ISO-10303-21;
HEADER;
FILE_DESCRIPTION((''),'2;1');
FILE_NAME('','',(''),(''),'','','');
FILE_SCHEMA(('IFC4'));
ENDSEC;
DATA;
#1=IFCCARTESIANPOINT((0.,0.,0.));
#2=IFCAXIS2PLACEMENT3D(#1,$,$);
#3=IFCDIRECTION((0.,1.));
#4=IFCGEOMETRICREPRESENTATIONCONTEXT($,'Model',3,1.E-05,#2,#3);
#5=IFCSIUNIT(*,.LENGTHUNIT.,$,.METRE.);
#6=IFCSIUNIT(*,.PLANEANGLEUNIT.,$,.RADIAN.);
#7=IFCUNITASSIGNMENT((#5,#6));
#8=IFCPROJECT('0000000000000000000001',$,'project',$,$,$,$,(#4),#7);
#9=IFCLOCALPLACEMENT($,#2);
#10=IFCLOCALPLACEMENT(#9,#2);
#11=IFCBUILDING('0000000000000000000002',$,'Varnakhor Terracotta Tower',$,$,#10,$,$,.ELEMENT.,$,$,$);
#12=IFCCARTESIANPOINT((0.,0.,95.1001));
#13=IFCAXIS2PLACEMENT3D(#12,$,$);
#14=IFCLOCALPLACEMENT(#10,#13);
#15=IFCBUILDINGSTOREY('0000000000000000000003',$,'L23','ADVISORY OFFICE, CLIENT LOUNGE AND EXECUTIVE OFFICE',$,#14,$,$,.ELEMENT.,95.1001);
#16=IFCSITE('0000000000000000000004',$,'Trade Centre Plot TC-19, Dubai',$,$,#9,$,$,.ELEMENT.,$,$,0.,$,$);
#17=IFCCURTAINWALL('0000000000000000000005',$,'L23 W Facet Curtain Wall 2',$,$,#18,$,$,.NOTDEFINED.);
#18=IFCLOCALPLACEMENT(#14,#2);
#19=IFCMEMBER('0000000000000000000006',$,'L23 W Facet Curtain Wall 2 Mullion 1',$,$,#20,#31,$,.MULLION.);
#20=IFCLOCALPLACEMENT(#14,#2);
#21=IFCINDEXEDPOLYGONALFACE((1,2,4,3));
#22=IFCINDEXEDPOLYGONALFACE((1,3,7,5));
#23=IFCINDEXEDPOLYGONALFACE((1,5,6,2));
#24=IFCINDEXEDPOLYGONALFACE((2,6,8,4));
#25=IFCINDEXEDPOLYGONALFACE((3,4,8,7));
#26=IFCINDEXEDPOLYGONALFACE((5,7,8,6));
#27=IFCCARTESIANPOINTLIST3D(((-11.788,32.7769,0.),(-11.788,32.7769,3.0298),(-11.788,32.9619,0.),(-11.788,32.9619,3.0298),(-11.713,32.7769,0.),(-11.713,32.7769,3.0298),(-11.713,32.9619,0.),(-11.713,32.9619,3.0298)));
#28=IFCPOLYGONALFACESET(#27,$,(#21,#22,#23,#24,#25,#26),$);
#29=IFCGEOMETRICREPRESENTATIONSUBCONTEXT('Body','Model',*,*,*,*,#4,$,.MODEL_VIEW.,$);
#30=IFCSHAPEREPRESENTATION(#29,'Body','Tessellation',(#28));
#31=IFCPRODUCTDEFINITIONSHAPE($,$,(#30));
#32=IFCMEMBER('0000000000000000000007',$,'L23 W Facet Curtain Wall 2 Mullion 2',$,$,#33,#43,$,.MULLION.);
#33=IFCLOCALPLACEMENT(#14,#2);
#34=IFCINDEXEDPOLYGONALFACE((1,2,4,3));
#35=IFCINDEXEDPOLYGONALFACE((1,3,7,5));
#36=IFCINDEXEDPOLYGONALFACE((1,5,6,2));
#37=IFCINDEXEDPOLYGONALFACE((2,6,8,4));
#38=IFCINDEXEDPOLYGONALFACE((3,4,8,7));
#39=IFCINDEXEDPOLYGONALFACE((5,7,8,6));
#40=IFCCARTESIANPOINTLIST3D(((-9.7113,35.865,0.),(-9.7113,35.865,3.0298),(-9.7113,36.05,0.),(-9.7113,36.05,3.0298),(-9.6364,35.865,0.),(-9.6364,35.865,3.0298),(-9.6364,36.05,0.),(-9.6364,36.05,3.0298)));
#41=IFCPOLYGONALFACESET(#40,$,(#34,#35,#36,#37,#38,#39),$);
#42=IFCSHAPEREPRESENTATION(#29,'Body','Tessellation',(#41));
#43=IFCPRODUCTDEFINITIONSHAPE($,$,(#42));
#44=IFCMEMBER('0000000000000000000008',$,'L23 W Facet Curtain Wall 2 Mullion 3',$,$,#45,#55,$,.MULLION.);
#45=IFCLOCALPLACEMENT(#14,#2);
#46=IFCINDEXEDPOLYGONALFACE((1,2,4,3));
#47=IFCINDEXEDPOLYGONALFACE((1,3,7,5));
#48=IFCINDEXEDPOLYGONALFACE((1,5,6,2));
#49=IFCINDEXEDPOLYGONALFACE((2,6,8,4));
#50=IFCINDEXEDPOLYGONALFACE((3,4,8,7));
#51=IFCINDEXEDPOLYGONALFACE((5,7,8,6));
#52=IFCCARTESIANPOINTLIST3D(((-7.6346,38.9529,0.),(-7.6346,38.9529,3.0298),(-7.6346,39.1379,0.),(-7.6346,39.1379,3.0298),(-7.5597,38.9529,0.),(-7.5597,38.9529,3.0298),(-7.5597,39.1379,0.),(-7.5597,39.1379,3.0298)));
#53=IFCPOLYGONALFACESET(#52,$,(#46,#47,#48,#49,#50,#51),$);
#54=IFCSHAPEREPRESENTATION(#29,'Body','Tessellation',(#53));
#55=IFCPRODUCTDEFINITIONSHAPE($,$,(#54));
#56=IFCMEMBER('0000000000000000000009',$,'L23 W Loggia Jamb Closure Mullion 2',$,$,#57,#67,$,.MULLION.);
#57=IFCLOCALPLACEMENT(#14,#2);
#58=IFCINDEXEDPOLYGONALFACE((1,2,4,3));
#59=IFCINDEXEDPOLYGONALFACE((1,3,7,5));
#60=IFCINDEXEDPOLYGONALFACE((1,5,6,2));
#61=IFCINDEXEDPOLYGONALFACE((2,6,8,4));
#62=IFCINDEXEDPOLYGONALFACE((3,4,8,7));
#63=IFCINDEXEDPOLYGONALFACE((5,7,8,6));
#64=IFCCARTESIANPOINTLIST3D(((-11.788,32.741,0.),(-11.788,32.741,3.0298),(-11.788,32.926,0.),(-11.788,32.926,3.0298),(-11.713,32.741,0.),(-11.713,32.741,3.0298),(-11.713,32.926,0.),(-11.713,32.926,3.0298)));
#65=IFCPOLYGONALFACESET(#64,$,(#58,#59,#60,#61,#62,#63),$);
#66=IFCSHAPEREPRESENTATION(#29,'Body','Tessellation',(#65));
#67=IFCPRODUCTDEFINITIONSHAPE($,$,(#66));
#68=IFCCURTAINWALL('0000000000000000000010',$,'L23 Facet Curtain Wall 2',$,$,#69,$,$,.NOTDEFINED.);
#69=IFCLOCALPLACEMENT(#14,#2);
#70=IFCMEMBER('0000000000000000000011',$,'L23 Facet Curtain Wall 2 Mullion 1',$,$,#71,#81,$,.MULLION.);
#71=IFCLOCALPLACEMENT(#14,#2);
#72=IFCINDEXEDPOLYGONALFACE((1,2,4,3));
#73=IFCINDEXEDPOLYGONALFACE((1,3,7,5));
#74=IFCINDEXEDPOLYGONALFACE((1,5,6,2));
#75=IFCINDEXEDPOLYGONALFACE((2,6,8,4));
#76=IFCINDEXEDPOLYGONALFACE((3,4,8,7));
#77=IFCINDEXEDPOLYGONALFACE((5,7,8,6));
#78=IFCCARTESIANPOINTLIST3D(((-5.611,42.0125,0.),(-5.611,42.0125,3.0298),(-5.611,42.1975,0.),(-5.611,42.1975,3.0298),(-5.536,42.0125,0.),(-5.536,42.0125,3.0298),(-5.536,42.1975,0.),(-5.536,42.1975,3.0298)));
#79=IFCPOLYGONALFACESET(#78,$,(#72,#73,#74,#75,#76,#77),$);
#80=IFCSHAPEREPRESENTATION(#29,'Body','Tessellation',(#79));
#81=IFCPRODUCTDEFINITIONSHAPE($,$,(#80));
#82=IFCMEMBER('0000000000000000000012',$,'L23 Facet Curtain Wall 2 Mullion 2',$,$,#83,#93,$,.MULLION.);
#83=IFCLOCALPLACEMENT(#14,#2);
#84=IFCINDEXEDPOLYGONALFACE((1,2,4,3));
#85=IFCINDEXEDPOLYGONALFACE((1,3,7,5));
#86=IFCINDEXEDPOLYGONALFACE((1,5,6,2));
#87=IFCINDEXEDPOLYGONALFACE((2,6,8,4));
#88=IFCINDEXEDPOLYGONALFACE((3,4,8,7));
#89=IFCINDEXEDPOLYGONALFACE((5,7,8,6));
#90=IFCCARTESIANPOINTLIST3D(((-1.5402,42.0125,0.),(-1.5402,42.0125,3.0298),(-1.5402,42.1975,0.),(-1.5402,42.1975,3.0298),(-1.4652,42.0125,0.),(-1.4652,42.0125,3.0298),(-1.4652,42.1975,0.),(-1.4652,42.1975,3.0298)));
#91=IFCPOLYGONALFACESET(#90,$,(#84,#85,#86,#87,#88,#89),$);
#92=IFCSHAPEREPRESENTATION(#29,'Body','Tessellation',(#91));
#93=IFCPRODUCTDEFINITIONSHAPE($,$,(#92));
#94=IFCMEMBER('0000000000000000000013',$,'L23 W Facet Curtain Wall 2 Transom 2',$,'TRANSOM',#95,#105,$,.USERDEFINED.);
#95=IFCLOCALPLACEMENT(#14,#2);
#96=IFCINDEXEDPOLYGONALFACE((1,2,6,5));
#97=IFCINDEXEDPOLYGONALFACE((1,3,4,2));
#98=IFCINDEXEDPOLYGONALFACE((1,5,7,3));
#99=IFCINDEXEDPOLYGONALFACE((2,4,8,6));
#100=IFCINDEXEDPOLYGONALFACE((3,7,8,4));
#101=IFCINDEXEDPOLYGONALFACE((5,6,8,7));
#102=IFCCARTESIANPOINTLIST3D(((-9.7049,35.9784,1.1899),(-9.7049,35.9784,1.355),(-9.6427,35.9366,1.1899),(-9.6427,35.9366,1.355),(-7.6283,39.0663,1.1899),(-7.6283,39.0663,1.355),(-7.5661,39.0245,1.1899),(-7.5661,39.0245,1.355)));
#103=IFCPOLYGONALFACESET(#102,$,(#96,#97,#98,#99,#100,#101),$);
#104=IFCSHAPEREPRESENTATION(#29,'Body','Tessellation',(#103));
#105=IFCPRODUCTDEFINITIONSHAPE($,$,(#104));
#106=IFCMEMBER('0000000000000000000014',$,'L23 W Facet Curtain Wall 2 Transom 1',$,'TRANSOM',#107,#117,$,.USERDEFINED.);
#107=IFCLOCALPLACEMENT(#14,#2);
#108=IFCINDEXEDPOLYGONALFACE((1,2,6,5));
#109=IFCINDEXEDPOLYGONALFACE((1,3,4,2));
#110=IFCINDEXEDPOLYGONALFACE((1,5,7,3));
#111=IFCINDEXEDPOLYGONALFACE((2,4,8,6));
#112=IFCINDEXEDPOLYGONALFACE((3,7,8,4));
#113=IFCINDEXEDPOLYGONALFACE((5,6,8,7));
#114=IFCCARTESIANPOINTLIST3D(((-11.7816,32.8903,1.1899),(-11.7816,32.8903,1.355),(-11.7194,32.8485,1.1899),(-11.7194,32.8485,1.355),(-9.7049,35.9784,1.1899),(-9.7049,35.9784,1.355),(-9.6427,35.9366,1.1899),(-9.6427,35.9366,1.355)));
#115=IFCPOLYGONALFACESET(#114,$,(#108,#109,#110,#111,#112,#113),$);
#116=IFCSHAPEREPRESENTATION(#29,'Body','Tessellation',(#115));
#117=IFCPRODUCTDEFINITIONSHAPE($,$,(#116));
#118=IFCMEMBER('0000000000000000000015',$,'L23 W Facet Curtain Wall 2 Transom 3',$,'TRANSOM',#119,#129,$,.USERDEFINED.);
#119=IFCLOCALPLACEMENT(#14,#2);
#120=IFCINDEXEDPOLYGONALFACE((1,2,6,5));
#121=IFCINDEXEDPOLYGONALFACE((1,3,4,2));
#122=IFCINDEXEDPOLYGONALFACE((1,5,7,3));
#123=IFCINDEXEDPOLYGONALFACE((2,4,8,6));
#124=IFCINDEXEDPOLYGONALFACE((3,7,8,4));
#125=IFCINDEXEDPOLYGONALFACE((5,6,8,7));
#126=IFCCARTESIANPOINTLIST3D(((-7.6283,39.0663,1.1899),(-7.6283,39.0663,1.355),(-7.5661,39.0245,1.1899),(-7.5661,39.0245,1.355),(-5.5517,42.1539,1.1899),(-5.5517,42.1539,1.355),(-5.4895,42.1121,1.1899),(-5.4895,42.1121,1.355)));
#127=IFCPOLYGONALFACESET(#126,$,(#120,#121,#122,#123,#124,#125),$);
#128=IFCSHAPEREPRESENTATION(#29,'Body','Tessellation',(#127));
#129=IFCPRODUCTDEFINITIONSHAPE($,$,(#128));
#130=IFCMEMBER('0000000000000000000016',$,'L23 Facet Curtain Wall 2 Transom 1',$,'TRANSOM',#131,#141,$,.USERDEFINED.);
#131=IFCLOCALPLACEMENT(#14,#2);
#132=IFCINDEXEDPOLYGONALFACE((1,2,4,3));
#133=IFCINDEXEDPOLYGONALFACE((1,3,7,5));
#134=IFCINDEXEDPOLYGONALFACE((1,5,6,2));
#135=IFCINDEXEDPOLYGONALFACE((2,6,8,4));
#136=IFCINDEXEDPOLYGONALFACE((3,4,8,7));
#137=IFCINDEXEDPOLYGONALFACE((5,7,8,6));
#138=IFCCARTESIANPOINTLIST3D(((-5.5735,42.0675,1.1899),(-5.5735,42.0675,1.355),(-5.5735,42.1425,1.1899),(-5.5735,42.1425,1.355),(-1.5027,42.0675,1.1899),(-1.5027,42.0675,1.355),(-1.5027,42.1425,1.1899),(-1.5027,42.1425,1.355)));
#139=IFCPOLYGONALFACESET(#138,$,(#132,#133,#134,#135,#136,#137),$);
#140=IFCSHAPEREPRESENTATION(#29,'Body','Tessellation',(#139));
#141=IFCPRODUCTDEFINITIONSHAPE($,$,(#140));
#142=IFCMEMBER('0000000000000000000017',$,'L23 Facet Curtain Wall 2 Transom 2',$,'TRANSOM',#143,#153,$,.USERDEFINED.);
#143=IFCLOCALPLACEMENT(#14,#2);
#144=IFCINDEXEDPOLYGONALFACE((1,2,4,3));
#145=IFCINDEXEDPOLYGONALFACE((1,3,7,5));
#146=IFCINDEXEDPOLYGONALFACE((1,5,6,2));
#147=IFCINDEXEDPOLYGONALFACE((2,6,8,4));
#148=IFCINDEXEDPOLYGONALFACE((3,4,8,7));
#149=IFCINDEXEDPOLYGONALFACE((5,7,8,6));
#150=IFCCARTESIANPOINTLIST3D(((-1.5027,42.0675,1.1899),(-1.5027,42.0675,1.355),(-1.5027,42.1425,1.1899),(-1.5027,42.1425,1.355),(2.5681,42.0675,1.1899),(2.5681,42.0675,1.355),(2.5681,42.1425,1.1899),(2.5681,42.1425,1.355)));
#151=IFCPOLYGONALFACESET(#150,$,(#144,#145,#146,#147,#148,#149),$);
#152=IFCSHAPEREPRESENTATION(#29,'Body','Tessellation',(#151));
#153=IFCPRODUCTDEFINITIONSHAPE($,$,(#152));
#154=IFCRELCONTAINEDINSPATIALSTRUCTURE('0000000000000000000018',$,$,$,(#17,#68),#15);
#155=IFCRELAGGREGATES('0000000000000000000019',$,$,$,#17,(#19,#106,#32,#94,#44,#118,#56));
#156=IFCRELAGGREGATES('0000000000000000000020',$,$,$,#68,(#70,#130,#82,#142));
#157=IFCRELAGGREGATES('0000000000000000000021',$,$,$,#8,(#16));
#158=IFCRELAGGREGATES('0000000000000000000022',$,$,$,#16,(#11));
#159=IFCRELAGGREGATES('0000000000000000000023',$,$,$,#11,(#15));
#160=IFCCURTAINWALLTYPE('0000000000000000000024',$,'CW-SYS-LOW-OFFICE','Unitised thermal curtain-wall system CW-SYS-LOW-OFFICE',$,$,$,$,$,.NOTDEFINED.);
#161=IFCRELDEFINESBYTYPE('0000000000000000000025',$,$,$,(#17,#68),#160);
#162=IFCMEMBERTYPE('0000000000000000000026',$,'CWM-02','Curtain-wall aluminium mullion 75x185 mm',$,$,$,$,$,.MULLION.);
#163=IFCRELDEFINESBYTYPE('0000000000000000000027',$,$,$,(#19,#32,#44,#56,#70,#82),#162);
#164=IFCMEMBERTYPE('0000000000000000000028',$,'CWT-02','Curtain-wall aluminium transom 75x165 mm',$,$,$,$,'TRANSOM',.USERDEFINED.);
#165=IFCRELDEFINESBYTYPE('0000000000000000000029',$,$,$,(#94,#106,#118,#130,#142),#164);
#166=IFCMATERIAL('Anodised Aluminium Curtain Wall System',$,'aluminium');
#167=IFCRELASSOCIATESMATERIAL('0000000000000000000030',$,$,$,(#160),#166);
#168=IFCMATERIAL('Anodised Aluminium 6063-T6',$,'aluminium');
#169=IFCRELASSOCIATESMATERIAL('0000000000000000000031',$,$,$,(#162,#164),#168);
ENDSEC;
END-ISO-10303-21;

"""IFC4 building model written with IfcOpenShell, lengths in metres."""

from ifc_helpers import new_model, si_unit, direction, frame, origin, origin_2d, place, context, subcontext, project, spatial, rectangle, extrude, source, transform, mapped, material, material_profile, profile_set, type_object, element, aggregate, save


model = new_model("IFC4")

# Units and contexts
model_context = context("Model", 3, precision=1e-05, world=origin(), true_north=direction((0.0, 1.0)))
body_context = subcontext(model_context, "Body", "Model", "MODEL_VIEW")
ifc_project = project(units=[si_unit("LENGTHUNIT", "METRE"), si_unit("PLANEANGLEUNIT", "RADIAN")], contexts=[model_context])

# Site, building, storey
site_placement = place(None, origin())
site = spatial("IfcSite", under=ifc_project, at=site_placement, Name="Trade Centre Plot TC-19, Dubai", CompositionType="ELEMENT", RefElevation=0.0)
building_placement = place(site_placement, origin())
building = spatial("IfcBuilding", under=site, at=building_placement, Name="Varnakhor Terracotta Tower", CompositionType="ELEMENT")
storey_placement = place(building_placement, frame((0.0, 0.0, 95.1001)))
storey = spatial("IfcBuildingStorey", under=building, at=storey_placement, Name="L23", Description="ADVISORY OFFICE, CLIENT LOUNGE AND EXECUTIVE OFFICE", CompositionType="ELEMENT", Elevation=95.1001)

# Curtain walls, members
ifc_material_1 = material(Name="Anodised Aluminium Curtain Wall System", Category="aluminium")
curtain_wall_type = type_object("IfcCurtainWallType", Name="CW-SYS-LOW-OFFICE", Description="Unitised thermal curtain-wall system CW-SYS-LOW-OFFICE", PredefinedType="NOTDEFINED", material=ifc_material_1)
curtain_wall_1_placement = place(storey_placement, origin())
curtain_wall_1 = element("IfcCurtainWall", 1, at=curtain_wall_1_placement, inside=storey, type_object=curtain_wall_type, Name="L23 W Facet Curtain Wall 2", PredefinedType="NOTDEFINED")
ifc_material_2 = material(Name="Anodised Aluminium 6063-T6", Category="aluminium")
ifc_material_profile_1 = material_profile(ifc_material_2, rectangle(XDim=0.075, YDim=0.1851, at=origin_2d()), Name="ALU MULLION 75x185")
ifc_profile_set_1 = profile_set([ifc_material_profile_1], Name="Anodised Aluminium 6063-T6")
member_type_1 = type_object("IfcMemberType", Name="CWM-02", Description="Curtain-wall aluminium mullion 75x185 mm", PredefinedType="MULLION", material=ifc_profile_set_1)
shared_shape_1 = source(origin(), body_context, "Body", "SweptSolid", [
    extrude(rectangle(XDim=0.075, YDim=0.1851, at=origin_2d()), origin(), (0.0, 0.0, 1.0), 3.0298),
])
member_1_placement = place(storey_placement, frame((-11.7505, 32.8694, 0.0), z_axis=(0.0, 0.0, 1.0), x_axis=(1.0, 0.0, 0.0)))
member_1 = element("IfcMember", 2, at=member_1_placement, type_object=member_type_1, Name="L23 W Facet Curtain Wall 2 Mullion 1", PredefinedType="MULLION", context=body_context, shape_type="MappedRepresentation", body=[
    mapped(shared_shape_1, transform((0.0, 0.0, 0.0), scale=1.0)),
])
member_2_placement = place(storey_placement, frame((-9.6738, 35.9575, 0.0), z_axis=(0.0, 0.0, 1.0), x_axis=(1.0, 0.0, 0.0)))
member_2 = element("IfcMember", 3, at=member_2_placement, type_object=member_type_1, Name="L23 W Facet Curtain Wall 2 Mullion 2", PredefinedType="MULLION", context=body_context, shape_type="MappedRepresentation", body=[
    mapped(shared_shape_1, transform((0.0, 0.0, 0.0), scale=1.0)),
])
member_3_placement = place(storey_placement, frame((-7.5972, 39.0454, 0.0), z_axis=(0.0, 0.0, 1.0), x_axis=(1.0, 0.0, 0.0)))
member_3 = element("IfcMember", 4, at=member_3_placement, type_object=member_type_1, Name="L23 W Facet Curtain Wall 2 Mullion 3", PredefinedType="MULLION", context=body_context, shape_type="MappedRepresentation", body=[
    mapped(shared_shape_1, transform((0.0, 0.0, 0.0), scale=1.0)),
])
member_4_placement = place(storey_placement, frame((-11.7505, 32.8335, 0.0), z_axis=(0.0, 0.0, 1.0), x_axis=(1.0, 0.0, 0.0)))
member_4 = element("IfcMember", 5, at=member_4_placement, type_object=member_type_1, Name="L23 W Loggia Jamb Closure Mullion 2", PredefinedType="MULLION", context=body_context, shape_type="MappedRepresentation", body=[
    mapped(shared_shape_1, transform((0.0, 0.0, 0.0), scale=1.0)),
])
curtain_wall_2_placement = place(storey_placement, origin())
curtain_wall_2 = element("IfcCurtainWall", 6, at=curtain_wall_2_placement, inside=storey, type_object=curtain_wall_type, Name="L23 Facet Curtain Wall 2", PredefinedType="NOTDEFINED")
member_5_placement = place(storey_placement, frame((-5.5735, 42.105, 0.0), z_axis=(0.0, 0.0, 1.0), x_axis=(1.0, 0.0, 0.0)))
member_5 = element("IfcMember", 7, at=member_5_placement, type_object=member_type_1, Name="L23 Facet Curtain Wall 2 Mullion 1", PredefinedType="MULLION", context=body_context, shape_type="MappedRepresentation", body=[
    mapped(shared_shape_1, transform((0.0, 0.0, 0.0), scale=1.0)),
])
member_6_placement = place(storey_placement, frame((-1.5027, 42.105, 0.0), z_axis=(0.0, 0.0, 1.0), x_axis=(1.0, 0.0, 0.0)))
member_6 = element("IfcMember", 8, at=member_6_placement, type_object=member_type_1, Name="L23 Facet Curtain Wall 2 Mullion 2", PredefinedType="MULLION", context=body_context, shape_type="MappedRepresentation", body=[
    mapped(shared_shape_1, transform((0.0, 0.0, 0.0), scale=1.0)),
])

# Members
ifc_material_profile_2 = material_profile(ifc_material_2, rectangle(XDim=0.075, YDim=0.165, at=origin_2d()), Name="ALU TRANSOM 75x165")
ifc_profile_set_2 = profile_set([ifc_material_profile_2], Name="Anodised Aluminium 6063-T6")
member_type_2 = type_object("IfcMemberType", Name="CWT-02", Description="Curtain-wall aluminium transom 75x165 mm", ElementType="TRANSOM", PredefinedType="USERDEFINED", material=ifc_profile_set_2)
shared_shape_2 = source(origin(), body_context, "Body", "SweptSolid", [
    extrude(rectangle(XDim=0.075, YDim=0.165, at=origin_2d()), origin(), (0.0, 0.0, 1.0), 3.7212),
])
member_7_placement = place(storey_placement, frame((-9.6738, 35.9575, 1.2725), z_axis=(0.558057, 0.829803, 0.0), x_axis=(-0.829803, 0.558057, 0.0)))
member_7 = element("IfcMember", 9, at=member_7_placement, type_object=member_type_2, Name="L23 W Facet Curtain Wall 2 Transom 2", ObjectType="TRANSOM", PredefinedType="USERDEFINED", context=body_context, shape_type="MappedRepresentation", body=[
    mapped(shared_shape_2, transform((0.0, 0.0, 0.0), scale=1.0)),
])
shared_shape_3 = source(origin(), body_context, "Body", "SweptSolid", [
    extrude(rectangle(XDim=0.075, YDim=0.165, at=origin_2d()), origin(), (0.0, 0.0, 1.0), 3.7214),
])
member_8_placement = place(storey_placement, frame((-11.7505, 32.8694, 1.2725), z_axis=(0.558026, 0.829823, 0.0), x_axis=(-0.829823, 0.558026, 0.0)))
member_8 = element("IfcMember", 10, at=member_8_placement, type_object=member_type_2, Name="L23 W Facet Curtain Wall 2 Transom 1", ObjectType="TRANSOM", PredefinedType="USERDEFINED", context=body_context, shape_type="MappedRepresentation", body=[
    mapped(shared_shape_3, transform((0.0, 0.0, 0.0), scale=1.0)),
])
shared_shape_4 = source(origin(), body_context, "Body", "SweptSolid", [
    extrude(rectangle(XDim=0.075, YDim=0.165, at=origin_2d()), origin(), (0.0, 0.0, 1.0), 3.7209),
])
member_9_placement = place(storey_placement, frame((-7.5972, 39.0454, 1.2725), z_axis=(0.558087, 0.829782, 0.0), x_axis=(-0.829782, 0.558087, 0.0)))
member_9 = element("IfcMember", 11, at=member_9_placement, type_object=member_type_2, Name="L23 W Facet Curtain Wall 2 Transom 3", ObjectType="TRANSOM", PredefinedType="USERDEFINED", context=body_context, shape_type="MappedRepresentation", body=[
    mapped(shared_shape_4, transform((0.0, 0.0, 0.0), scale=1.0)),
])
shared_shape_5 = source(origin(), body_context, "Body", "SweptSolid", [
    extrude(rectangle(XDim=0.075, YDim=0.165, at=origin_2d()), origin(), (0.0, 0.0, 1.0), 4.0708),
])
member_10_placement = place(storey_placement, frame((-5.5735, 42.105, 1.2725), z_axis=(1.0, 0.0, 0.0), x_axis=(0.0, 1.0, 0.0)))
member_10 = element("IfcMember", 12, at=member_10_placement, type_object=member_type_2, Name="L23 Facet Curtain Wall 2 Transom 1", ObjectType="TRANSOM", PredefinedType="USERDEFINED", context=body_context, shape_type="MappedRepresentation", body=[
    mapped(shared_shape_5, transform((0.0, 0.0, 0.0), scale=1.0)),
])
member_11_placement = place(storey_placement, frame((-1.5027, 42.105, 1.2725), z_axis=(1.0, 0.0, 0.0), x_axis=(0.0, 1.0, 0.0)))
member_11 = element("IfcMember", 13, at=member_11_placement, type_object=member_type_2, Name="L23 Facet Curtain Wall 2 Transom 2", ObjectType="TRANSOM", PredefinedType="USERDEFINED", context=body_context, shape_type="MappedRepresentation", body=[
    mapped(shared_shape_5, transform((0.0, 0.0, 0.0), scale=1.0)),
])

aggregate(curtain_wall_1, [member_1, member_8, member_2, member_7, member_3, member_9, member_4])
aggregate(curtain_wall_2, [member_5, member_10, member_6, member_11])

save(model, "model.ifc")
